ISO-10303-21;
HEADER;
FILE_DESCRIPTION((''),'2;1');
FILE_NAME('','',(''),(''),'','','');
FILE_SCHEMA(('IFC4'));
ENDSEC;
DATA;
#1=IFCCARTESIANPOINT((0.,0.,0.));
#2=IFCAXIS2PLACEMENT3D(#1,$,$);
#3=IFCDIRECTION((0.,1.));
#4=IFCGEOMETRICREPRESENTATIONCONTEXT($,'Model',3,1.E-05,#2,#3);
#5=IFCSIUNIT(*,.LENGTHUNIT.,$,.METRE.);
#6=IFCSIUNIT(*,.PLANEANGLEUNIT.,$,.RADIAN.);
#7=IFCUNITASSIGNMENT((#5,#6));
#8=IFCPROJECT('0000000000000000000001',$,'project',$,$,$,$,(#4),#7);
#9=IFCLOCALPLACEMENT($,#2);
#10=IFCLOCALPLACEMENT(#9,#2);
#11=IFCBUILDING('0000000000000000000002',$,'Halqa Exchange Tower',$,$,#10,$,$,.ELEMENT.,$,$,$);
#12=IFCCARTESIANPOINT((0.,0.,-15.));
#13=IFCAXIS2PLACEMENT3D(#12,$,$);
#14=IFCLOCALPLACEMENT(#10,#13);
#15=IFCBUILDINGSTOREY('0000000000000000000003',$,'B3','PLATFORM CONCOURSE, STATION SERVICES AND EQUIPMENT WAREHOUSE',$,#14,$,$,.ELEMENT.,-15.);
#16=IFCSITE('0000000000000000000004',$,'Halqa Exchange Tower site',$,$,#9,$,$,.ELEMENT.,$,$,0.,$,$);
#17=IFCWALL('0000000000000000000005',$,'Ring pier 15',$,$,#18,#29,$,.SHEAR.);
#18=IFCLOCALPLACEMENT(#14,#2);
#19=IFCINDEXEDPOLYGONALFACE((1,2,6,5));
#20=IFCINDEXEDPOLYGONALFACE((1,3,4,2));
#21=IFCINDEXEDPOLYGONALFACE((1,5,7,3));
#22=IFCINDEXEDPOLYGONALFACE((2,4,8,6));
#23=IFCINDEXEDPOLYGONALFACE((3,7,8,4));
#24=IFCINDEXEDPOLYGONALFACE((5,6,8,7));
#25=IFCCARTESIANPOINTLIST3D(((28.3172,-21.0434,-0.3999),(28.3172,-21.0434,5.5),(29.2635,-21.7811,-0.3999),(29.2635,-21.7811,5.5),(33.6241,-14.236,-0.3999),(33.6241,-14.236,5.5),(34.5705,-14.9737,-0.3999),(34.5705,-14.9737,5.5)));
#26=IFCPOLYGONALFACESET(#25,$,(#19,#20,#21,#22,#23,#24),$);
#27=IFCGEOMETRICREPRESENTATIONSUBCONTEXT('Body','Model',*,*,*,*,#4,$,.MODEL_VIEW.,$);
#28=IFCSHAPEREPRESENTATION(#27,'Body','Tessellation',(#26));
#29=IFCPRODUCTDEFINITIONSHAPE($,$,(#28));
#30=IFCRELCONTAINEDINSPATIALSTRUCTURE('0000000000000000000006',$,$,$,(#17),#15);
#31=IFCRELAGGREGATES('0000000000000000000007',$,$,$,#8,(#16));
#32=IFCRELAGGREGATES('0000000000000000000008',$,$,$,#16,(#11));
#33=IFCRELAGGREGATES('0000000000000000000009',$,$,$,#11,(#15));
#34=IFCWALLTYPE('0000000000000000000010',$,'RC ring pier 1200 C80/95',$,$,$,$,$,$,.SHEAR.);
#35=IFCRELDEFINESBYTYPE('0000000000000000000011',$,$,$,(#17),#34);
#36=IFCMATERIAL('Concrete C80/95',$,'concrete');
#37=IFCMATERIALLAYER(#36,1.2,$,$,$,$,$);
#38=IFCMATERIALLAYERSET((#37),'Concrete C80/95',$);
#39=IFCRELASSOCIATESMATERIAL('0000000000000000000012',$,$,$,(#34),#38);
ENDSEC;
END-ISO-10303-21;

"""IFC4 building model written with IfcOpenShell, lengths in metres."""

from ifc_helpers import new_model, si_unit, direction, frame, frame_2d, origin, place, context, subcontext, project, spatial, rectangle, extrude, material, layer, layer_set, type_object, element, save


model = new_model("IFC4")

# Units and contexts
model_context = context("Model", 3, precision=1e-05, world=origin(), true_north=direction((0.0, 1.0)))
body_context = subcontext(model_context, "Body", "Model", "MODEL_VIEW")
ifc_project = project(units=[si_unit("LENGTHUNIT", "METRE"), si_unit("PLANEANGLEUNIT", "RADIAN")], contexts=[model_context])

# Site, building, storey
site_placement = place(None, origin())
site = spatial("IfcSite", under=ifc_project, at=site_placement, Name="Halqa Exchange Tower site", CompositionType="ELEMENT", RefElevation=0.0)
building_placement = place(site_placement, origin())
building = spatial("IfcBuilding", under=site, at=building_placement, Name="Halqa Exchange Tower", CompositionType="ELEMENT")
storey_placement = place(building_placement, frame((0.0, 0.0, -15.0)))
storey = spatial("IfcBuildingStorey", under=building, at=storey_placement, Name="B3", Description="PLATFORM CONCOURSE, STATION SERVICES AND EQUIPMENT WAREHOUSE", CompositionType="ELEMENT", Elevation=-15.0)

# Wall
ifc_material_1 = material(Name="Concrete C80/95", Category="concrete")
ifc_layer_1 = layer(ifc_material_1, 1.2)
ifc_layer_set_1 = layer_set([ifc_layer_1], Name="Concrete C80/95")
wall_type_1 = type_object("IfcWallType", Name="RC ring pier 1200 C80/95", PredefinedType="SHEAR", material=ifc_layer_set_1)
wall_1_placement = place(storey_placement, frame((28.7903, -21.4124, -0.3999), z_axis=(0.0, 0.0, 1.0), x_axis=(0.614825, 0.788663, 0.0)))
element("IfcWall", 1, at=wall_1_placement, inside=storey, type_object=wall_type_1, Name="Ring pier 15", PredefinedType="SHEAR", context=body_context, shape_type="SweptSolid", body=[
    extrude(rectangle(XDim=8.6316, YDim=1.2, at=frame_2d((4.3159, 0.0))), origin(), (0.0, 0.0, 1.0), 5.8999),
])

save(model, "model.ifc")
